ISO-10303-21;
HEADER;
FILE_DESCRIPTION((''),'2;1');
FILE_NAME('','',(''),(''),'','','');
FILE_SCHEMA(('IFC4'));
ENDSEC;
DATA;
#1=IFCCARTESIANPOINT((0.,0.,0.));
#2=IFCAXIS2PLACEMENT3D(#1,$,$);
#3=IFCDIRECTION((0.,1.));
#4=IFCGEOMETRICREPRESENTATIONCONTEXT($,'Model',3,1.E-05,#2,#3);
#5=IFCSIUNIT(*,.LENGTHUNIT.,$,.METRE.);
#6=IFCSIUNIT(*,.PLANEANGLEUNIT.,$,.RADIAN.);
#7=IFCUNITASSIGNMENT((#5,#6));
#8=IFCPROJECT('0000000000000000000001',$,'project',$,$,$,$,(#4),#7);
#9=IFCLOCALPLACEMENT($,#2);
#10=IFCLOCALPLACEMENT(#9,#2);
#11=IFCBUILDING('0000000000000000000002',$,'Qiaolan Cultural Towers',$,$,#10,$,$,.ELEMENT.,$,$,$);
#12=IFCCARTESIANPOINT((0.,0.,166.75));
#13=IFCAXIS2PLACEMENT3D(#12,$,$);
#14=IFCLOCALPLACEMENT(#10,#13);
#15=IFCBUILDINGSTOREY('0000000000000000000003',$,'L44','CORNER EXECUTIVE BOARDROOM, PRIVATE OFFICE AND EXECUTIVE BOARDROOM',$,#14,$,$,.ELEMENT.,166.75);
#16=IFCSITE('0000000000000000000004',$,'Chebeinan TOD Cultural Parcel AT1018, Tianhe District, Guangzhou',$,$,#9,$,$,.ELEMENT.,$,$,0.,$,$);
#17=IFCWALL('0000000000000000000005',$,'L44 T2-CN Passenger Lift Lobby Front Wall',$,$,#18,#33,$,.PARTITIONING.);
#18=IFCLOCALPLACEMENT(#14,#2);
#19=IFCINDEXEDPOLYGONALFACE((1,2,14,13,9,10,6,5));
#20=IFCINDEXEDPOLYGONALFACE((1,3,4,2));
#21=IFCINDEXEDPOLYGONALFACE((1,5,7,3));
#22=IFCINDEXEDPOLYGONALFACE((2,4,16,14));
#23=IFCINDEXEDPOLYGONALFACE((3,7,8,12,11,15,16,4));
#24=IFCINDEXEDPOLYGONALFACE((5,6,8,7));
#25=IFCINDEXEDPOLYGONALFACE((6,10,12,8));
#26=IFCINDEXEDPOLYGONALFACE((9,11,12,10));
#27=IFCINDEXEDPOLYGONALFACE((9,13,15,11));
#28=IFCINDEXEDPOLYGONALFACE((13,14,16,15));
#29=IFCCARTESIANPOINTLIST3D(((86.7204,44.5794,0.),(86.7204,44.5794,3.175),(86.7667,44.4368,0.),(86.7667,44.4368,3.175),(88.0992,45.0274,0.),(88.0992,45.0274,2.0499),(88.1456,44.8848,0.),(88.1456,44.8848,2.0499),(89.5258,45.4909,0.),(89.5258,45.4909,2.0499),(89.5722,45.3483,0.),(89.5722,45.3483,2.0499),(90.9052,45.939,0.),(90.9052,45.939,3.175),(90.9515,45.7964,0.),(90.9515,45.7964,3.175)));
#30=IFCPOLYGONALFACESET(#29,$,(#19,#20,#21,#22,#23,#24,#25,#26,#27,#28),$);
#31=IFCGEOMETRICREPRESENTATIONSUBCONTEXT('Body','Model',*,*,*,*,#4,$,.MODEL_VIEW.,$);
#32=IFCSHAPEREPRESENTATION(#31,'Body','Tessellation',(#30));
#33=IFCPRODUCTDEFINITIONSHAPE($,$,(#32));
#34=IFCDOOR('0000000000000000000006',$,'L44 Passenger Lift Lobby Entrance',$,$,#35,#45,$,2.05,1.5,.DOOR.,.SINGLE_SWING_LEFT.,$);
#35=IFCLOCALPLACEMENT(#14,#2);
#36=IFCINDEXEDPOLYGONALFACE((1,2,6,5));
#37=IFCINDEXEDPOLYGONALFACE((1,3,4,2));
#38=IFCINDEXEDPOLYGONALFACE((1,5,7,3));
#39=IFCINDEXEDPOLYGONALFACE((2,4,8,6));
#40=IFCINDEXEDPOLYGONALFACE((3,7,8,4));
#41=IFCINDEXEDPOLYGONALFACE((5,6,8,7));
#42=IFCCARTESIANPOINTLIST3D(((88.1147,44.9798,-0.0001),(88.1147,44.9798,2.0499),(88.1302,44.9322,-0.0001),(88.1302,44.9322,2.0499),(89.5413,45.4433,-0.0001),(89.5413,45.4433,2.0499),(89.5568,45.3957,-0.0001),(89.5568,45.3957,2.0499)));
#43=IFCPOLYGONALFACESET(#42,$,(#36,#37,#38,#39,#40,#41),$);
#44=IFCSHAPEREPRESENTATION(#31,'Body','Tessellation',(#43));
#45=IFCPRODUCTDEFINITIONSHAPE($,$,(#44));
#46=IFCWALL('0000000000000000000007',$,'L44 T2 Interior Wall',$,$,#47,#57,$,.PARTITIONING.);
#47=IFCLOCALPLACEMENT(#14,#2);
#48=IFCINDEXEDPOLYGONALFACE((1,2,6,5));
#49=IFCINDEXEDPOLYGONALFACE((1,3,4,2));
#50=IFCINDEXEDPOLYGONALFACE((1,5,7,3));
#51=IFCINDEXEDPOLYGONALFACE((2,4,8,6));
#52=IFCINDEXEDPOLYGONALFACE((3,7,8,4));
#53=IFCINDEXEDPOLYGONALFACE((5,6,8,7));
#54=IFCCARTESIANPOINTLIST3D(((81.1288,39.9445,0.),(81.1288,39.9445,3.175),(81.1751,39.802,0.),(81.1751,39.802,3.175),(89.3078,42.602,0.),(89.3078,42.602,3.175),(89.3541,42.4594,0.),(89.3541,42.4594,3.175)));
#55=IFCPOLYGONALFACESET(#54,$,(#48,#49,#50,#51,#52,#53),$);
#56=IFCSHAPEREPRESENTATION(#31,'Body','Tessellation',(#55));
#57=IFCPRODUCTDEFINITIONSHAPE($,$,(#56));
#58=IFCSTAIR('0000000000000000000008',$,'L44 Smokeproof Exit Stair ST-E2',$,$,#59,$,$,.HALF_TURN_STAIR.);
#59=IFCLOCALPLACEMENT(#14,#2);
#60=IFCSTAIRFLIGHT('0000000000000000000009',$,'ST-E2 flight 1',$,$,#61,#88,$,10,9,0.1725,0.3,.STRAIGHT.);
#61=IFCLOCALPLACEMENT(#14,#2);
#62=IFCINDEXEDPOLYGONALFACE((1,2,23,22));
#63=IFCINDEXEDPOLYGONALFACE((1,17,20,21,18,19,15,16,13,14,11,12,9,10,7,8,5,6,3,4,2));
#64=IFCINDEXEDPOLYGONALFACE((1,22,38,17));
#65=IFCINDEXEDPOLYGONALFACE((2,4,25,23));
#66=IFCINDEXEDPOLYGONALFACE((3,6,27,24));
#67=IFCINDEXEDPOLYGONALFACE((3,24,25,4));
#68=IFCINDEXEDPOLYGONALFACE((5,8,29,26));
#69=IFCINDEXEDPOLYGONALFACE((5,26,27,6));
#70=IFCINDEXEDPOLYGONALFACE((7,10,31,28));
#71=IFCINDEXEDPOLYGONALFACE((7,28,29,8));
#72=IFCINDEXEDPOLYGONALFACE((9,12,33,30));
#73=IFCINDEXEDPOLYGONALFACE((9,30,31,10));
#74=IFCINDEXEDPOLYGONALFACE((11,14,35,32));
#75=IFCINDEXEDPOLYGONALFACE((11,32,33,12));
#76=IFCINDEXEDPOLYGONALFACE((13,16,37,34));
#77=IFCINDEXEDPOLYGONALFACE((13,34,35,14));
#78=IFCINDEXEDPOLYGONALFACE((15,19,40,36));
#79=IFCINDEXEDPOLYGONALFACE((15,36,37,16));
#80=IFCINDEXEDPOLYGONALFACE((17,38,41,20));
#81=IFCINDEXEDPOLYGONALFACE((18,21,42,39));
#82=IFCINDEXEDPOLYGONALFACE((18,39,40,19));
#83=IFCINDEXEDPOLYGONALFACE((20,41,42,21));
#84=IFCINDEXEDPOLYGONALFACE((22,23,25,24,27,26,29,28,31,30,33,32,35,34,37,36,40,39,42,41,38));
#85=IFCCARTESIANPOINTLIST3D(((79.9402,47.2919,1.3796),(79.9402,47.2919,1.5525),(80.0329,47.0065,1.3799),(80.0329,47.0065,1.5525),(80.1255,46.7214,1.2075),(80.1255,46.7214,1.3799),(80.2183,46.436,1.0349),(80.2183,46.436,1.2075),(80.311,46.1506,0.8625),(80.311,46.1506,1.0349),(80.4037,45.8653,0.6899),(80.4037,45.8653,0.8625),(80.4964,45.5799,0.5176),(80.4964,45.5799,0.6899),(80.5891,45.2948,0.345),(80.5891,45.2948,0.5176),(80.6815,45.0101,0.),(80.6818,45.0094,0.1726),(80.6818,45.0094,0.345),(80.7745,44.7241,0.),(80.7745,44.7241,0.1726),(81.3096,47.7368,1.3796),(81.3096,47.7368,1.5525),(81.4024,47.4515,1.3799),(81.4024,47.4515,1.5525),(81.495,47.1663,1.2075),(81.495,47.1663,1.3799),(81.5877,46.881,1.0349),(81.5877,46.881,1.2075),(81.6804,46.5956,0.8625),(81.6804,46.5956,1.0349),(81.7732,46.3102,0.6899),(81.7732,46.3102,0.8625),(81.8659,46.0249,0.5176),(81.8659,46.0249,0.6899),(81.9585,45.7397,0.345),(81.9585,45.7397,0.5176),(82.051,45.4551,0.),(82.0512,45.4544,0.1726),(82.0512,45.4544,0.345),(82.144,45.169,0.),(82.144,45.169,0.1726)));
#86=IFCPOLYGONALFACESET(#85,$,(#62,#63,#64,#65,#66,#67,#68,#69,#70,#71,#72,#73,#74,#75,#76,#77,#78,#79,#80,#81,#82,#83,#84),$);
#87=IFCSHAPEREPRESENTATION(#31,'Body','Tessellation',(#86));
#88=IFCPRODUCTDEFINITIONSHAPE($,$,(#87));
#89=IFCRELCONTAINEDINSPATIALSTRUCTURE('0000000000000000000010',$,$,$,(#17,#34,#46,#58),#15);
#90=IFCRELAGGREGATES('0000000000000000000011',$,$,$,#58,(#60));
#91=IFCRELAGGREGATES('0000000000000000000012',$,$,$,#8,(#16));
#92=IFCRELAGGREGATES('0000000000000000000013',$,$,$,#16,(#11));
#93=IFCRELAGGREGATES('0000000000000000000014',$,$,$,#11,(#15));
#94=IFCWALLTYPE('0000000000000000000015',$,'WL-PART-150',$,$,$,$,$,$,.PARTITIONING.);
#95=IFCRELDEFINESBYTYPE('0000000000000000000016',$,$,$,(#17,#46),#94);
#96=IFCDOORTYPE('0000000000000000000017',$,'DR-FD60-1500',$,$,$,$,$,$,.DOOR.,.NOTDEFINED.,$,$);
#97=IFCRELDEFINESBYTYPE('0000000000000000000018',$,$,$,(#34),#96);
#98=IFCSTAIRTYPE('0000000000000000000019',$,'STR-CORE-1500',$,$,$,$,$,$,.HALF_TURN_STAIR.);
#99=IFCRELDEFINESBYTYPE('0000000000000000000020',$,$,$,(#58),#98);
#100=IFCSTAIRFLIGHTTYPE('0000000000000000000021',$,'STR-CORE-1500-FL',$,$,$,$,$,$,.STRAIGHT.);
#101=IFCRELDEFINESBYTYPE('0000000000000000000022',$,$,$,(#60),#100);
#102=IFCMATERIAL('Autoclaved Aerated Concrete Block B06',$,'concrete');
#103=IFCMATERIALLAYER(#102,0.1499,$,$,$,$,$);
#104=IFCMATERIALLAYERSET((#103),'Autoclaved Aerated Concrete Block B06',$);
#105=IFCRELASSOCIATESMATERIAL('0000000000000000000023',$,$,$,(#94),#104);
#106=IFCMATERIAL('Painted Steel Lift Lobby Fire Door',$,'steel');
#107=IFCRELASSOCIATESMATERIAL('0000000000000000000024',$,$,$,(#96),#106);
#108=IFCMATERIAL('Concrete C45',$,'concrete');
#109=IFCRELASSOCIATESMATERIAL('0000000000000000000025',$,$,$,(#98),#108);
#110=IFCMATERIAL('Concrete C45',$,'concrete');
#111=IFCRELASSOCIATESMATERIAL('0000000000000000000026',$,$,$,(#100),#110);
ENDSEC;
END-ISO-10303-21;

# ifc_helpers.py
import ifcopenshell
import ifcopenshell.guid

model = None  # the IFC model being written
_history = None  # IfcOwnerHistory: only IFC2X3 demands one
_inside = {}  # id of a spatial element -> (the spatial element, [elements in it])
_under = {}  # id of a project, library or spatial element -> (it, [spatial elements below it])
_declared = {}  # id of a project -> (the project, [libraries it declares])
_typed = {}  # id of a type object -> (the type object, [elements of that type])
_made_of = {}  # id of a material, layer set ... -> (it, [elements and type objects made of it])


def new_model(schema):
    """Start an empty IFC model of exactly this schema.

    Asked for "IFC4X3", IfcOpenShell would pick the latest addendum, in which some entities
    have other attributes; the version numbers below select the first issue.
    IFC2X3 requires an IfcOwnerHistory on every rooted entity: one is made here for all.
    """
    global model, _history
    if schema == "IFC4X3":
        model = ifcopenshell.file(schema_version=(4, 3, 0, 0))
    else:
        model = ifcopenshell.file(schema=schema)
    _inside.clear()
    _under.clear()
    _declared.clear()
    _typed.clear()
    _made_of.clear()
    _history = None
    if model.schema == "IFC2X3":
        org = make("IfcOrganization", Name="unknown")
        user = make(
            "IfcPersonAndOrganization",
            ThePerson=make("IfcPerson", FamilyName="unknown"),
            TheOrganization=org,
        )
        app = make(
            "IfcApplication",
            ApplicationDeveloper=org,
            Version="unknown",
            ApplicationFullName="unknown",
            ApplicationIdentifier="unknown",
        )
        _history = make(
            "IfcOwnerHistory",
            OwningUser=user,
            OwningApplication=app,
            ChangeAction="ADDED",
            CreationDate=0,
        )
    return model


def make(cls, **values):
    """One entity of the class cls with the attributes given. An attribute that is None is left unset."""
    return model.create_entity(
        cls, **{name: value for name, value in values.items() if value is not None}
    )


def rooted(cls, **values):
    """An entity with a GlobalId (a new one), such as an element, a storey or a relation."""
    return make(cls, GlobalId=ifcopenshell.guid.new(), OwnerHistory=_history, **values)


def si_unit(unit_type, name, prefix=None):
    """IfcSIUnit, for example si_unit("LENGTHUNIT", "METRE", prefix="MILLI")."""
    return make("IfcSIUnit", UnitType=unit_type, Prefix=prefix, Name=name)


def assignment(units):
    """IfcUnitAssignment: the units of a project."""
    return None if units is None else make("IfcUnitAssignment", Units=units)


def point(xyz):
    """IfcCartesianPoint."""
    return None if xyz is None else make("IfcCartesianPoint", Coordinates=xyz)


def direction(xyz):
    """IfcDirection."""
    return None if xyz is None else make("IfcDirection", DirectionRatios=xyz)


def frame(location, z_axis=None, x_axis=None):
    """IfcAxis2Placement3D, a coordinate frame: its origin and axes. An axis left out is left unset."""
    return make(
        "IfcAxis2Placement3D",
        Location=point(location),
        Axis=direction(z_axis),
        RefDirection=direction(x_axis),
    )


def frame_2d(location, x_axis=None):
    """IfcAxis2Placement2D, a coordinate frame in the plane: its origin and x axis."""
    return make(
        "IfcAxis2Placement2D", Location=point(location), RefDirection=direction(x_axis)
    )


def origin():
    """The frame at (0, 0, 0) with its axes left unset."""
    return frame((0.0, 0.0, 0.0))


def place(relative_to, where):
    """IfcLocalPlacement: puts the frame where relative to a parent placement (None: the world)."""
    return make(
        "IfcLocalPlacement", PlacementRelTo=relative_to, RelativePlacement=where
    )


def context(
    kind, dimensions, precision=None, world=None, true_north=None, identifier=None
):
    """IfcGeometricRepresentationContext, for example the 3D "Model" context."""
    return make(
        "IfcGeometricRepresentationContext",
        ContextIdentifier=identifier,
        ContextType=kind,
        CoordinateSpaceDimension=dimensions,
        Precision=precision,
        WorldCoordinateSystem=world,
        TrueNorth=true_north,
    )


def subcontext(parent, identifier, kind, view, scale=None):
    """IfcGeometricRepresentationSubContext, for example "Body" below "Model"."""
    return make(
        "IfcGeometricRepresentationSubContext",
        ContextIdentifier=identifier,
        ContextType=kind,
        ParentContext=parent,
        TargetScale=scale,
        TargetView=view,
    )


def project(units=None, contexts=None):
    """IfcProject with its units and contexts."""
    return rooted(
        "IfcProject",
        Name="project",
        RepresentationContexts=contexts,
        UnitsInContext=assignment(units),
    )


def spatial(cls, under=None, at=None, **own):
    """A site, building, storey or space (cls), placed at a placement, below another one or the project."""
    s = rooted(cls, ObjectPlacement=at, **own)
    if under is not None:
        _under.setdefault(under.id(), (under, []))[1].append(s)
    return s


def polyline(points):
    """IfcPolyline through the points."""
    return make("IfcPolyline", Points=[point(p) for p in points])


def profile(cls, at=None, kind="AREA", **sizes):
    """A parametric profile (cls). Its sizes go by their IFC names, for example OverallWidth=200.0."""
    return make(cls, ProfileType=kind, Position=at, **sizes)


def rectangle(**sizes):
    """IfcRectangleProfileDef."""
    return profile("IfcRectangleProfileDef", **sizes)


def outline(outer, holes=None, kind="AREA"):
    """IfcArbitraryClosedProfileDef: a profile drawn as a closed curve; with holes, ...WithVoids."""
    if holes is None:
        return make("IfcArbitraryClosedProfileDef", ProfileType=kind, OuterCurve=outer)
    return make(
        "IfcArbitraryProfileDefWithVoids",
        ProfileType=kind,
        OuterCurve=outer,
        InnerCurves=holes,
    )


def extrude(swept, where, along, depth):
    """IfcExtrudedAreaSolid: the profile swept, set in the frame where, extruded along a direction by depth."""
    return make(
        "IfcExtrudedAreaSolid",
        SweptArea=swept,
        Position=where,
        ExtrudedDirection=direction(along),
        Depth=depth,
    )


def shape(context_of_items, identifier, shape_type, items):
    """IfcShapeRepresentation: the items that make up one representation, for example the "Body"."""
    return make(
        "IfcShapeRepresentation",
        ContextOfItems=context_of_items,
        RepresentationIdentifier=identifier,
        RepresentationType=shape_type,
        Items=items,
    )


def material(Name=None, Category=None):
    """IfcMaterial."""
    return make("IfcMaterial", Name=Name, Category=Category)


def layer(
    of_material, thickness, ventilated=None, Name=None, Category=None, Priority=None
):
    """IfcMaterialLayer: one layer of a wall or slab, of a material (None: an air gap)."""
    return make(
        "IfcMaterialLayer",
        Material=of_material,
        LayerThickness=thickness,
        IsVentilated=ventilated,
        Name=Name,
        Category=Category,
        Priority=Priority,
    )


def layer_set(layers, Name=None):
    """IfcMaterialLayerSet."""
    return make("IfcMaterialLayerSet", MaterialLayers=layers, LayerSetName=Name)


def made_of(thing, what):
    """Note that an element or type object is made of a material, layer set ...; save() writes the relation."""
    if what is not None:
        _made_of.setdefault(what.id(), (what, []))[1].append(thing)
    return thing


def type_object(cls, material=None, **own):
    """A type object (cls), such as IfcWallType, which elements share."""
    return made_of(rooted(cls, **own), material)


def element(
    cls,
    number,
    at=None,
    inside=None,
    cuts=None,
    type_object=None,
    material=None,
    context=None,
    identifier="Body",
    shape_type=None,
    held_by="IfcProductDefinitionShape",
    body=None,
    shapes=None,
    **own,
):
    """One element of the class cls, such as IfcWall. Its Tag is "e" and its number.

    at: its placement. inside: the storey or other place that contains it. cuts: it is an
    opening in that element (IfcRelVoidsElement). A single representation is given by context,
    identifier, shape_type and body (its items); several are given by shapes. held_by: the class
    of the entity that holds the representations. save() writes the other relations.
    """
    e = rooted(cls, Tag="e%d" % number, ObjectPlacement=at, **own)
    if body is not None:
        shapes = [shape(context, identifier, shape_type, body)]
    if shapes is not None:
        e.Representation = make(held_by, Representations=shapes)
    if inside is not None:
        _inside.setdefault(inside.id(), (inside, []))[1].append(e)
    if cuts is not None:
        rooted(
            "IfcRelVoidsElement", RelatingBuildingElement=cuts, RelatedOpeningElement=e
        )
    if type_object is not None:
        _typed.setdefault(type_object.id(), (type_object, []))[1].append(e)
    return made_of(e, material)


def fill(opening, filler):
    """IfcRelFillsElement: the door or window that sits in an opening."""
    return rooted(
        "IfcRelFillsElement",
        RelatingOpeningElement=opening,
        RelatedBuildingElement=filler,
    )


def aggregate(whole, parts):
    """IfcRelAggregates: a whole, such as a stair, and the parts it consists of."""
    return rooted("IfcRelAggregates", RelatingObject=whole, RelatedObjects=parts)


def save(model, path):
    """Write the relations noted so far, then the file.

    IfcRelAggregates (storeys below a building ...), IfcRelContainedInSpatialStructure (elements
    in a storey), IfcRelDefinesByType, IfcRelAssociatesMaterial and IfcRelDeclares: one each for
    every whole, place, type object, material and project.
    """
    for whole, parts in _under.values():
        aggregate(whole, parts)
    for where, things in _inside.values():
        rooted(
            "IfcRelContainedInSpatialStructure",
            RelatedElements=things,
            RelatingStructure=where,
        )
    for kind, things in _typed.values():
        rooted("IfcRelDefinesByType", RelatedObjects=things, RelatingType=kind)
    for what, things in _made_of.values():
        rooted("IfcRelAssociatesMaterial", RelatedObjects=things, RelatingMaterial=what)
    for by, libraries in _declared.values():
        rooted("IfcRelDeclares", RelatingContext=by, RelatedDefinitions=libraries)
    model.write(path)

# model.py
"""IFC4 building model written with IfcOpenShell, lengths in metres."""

from ifc_helpers import new_model, si_unit, direction, frame, frame_2d, origin, place, context, subcontext, project, spatial, polyline, rectangle, outline, extrude, material, layer, layer_set, type_object, element, fill, aggregate, save


model = new_model("IFC4")

# Units and contexts
model_context = context("Model", 3, precision=1e-05, world=origin(), true_north=direction((0.0, 1.0)))
body_context = subcontext(model_context, "Body", "Model", "MODEL_VIEW")
ifc_project = project(units=[si_unit("LENGTHUNIT", "METRE"), si_unit("PLANEANGLEUNIT", "RADIAN")], contexts=[model_context])

# Site, building, storey
site_placement = place(None, origin())
site = spatial("IfcSite", under=ifc_project, at=site_placement, Name="Chebeinan TOD Cultural Parcel AT1018, Tianhe District, Guangzhou", CompositionType="ELEMENT", RefElevation=0.0)
building_placement = place(site_placement, origin())
building = spatial("IfcBuilding", under=site, at=building_placement, Name="Qiaolan Cultural Towers", CompositionType="ELEMENT")
storey_placement = place(building_placement, frame((0.0, 0.0, 166.75)))
storey = spatial("IfcBuildingStorey", under=building, at=storey_placement, Name="L44", Description="CORNER EXECUTIVE BOARDROOM, PRIVATE OFFICE AND EXECUTIVE BOARDROOM", CompositionType="ELEMENT", Elevation=166.75)

# Wall, opening, door
ifc_material_1 = material(Name="Autoclaved Aerated Concrete Block B06", Category="concrete")
ifc_layer_1 = layer(ifc_material_1, 0.1499)
ifc_layer_set_1 = layer_set([ifc_layer_1], Name="Autoclaved Aerated Concrete Block B06")
wall_type_1 = type_object("IfcWallType", Name="WL-PART-150", PredefinedType="PARTITIONING", material=ifc_layer_set_1)
wall_1_placement = place(storey_placement, frame((86.7434, 44.5081, 0.0), z_axis=(0.0, 0.0, 1.0), x_axis=(0.951064, 0.308994, 0.0)))
wall_1 = element("IfcWall", 1, at=wall_1_placement, inside=storey, type_object=wall_type_1, Name="L44 T2-CN Passenger Lift Lobby Front Wall", PredefinedType="PARTITIONING", context=body_context, shape_type="SweptSolid", body=[
    extrude(rectangle(XDim=4.4001, YDim=0.1499, at=frame_2d((2.2002, 0.0))), origin(), (0.0, 0.0, 1.0), 3.175),
])
opening_1_placement = place(wall_1_placement, frame((1.45, 0.0, 0.0)))
opening_1 = element("IfcOpeningElement", 2, at=opening_1_placement, cuts=wall_1, PredefinedType="OPENING", context=body_context, shape_type="SweptSolid", body=[
    extrude(rectangle(XDim=1.5, YDim=2.05, at=frame_2d((0.75, 1.0249))), frame((0.0, 0.085, 0.0), z_axis=(0.0, -1.0, 0.0), x_axis=(1.0, 0.0, 0.0)), (0.0, 0.0, 1.0), 0.1699),
])
ifc_material_2 = material(Name="Painted Steel Lift Lobby Fire Door", Category="steel")
door_type_1 = type_object("IfcDoorType", Name="DR-FD60-1500", OperationType="NOTDEFINED", PredefinedType="DOOR", material=ifc_material_2)
door_1_placement = place(opening_1_placement, origin())
door_1 = element("IfcDoor", 3, at=door_1_placement, inside=storey, type_object=door_type_1, Name="L44 Passenger Lift Lobby Entrance", OperationType="SINGLE_SWING_LEFT", OverallHeight=2.05, OverallWidth=1.5, PredefinedType="DOOR", context=body_context, shape_type="SweptSolid", body=[
    extrude(rectangle(XDim=1.5, YDim=2.05, at=frame_2d((0.75, 1.0249))), frame((0.0, 0.0249, 0.0), z_axis=(0.0, -1.0, 0.0), x_axis=(1.0, 0.0, 0.0)), (0.0, 0.0, 1.0), 0.05),
])
fill(opening_1, door_1)

# Wall
wall_2_placement = place(storey_placement, frame((81.1521, 39.8733, 0.0), z_axis=(0.0, 0.0, 1.0), x_axis=(0.951058, 0.309014, 0.0)))
element("IfcWall", 4, at=wall_2_placement, inside=storey, type_object=wall_type_1, Name="L44 T2 Interior Wall", PredefinedType="PARTITIONING", context=body_context, shape_type="SweptSolid", body=[
    extrude(rectangle(XDim=8.5999, YDim=0.1499, at=frame_2d((4.2998, 0.0))), origin(), (0.0, 0.0, 1.0), 3.175),
])

# Stair, stair flight
ifc_material_3 = material(Name="Concrete C45", Category="concrete")
stair_type = type_object("IfcStairType", Name="STR-CORE-1500", PredefinedType="HALF_TURN_STAIR", material=ifc_material_3)
stair_placement = place(storey_placement, origin())
stair = element("IfcStair", 5, at=stair_placement, inside=storey, type_object=stair_type, Name="L44 Smokeproof Exit Stair ST-E2", PredefinedType="HALF_TURN_STAIR")
ifc_material_4 = material(Name="Concrete C45", Category="concrete")
stair_flight_type = type_object("IfcStairFlightType", Name="STR-CORE-1500-FL", PredefinedType="STRAIGHT", material=ifc_material_4)
stair_flight_placement = place(storey_placement, frame((81.4592, 44.9465, 0.0), z_axis=(0.0, 0.0, 1.0), x_axis=(-0.309017, 0.951057, 0.0)))
stair_flight = element("IfcStairFlight", 6, at=stair_flight_placement, type_object=stair_flight_type, Name="ST-E2 flight 1", NumberOfRisers=10, NumberOfTreads=9, PredefinedType="STRAIGHT", RiserHeight=0.1725, TreadLength=0.3, context=body_context, shape_type="SweptSolid", body=[
    extrude(outline(polyline([(0.0, 0.0), (0.0, 0.1726), (0.3, 0.1726), (0.3, 0.345), (0.6001, 0.345), (0.6001, 0.5176), (0.8999, 0.5176), (0.8999, 0.6899), (1.2, 0.6899), (1.2, 0.8625), (1.5, 0.8625), (1.5, 1.0349), (1.8, 1.0349), (1.8, 1.2075), (2.1001, 1.2075), (2.1001, 1.3799), (2.3999, 1.3799), (2.3999, 1.5525), (2.7, 1.5525), (2.7, 1.7251), (2.7, 1.3796), (0.3008, 0.0), (0.0, 0.0)])), frame((0.0, 0.72, 0.0), z_axis=(0.0, -1.0, 0.0), x_axis=(1.0, 0.0, 0.0)), (0.0, 0.0, 1.0), 1.4399),
])
aggregate(stair, [stair_flight])

save(model, "model.ifc")
